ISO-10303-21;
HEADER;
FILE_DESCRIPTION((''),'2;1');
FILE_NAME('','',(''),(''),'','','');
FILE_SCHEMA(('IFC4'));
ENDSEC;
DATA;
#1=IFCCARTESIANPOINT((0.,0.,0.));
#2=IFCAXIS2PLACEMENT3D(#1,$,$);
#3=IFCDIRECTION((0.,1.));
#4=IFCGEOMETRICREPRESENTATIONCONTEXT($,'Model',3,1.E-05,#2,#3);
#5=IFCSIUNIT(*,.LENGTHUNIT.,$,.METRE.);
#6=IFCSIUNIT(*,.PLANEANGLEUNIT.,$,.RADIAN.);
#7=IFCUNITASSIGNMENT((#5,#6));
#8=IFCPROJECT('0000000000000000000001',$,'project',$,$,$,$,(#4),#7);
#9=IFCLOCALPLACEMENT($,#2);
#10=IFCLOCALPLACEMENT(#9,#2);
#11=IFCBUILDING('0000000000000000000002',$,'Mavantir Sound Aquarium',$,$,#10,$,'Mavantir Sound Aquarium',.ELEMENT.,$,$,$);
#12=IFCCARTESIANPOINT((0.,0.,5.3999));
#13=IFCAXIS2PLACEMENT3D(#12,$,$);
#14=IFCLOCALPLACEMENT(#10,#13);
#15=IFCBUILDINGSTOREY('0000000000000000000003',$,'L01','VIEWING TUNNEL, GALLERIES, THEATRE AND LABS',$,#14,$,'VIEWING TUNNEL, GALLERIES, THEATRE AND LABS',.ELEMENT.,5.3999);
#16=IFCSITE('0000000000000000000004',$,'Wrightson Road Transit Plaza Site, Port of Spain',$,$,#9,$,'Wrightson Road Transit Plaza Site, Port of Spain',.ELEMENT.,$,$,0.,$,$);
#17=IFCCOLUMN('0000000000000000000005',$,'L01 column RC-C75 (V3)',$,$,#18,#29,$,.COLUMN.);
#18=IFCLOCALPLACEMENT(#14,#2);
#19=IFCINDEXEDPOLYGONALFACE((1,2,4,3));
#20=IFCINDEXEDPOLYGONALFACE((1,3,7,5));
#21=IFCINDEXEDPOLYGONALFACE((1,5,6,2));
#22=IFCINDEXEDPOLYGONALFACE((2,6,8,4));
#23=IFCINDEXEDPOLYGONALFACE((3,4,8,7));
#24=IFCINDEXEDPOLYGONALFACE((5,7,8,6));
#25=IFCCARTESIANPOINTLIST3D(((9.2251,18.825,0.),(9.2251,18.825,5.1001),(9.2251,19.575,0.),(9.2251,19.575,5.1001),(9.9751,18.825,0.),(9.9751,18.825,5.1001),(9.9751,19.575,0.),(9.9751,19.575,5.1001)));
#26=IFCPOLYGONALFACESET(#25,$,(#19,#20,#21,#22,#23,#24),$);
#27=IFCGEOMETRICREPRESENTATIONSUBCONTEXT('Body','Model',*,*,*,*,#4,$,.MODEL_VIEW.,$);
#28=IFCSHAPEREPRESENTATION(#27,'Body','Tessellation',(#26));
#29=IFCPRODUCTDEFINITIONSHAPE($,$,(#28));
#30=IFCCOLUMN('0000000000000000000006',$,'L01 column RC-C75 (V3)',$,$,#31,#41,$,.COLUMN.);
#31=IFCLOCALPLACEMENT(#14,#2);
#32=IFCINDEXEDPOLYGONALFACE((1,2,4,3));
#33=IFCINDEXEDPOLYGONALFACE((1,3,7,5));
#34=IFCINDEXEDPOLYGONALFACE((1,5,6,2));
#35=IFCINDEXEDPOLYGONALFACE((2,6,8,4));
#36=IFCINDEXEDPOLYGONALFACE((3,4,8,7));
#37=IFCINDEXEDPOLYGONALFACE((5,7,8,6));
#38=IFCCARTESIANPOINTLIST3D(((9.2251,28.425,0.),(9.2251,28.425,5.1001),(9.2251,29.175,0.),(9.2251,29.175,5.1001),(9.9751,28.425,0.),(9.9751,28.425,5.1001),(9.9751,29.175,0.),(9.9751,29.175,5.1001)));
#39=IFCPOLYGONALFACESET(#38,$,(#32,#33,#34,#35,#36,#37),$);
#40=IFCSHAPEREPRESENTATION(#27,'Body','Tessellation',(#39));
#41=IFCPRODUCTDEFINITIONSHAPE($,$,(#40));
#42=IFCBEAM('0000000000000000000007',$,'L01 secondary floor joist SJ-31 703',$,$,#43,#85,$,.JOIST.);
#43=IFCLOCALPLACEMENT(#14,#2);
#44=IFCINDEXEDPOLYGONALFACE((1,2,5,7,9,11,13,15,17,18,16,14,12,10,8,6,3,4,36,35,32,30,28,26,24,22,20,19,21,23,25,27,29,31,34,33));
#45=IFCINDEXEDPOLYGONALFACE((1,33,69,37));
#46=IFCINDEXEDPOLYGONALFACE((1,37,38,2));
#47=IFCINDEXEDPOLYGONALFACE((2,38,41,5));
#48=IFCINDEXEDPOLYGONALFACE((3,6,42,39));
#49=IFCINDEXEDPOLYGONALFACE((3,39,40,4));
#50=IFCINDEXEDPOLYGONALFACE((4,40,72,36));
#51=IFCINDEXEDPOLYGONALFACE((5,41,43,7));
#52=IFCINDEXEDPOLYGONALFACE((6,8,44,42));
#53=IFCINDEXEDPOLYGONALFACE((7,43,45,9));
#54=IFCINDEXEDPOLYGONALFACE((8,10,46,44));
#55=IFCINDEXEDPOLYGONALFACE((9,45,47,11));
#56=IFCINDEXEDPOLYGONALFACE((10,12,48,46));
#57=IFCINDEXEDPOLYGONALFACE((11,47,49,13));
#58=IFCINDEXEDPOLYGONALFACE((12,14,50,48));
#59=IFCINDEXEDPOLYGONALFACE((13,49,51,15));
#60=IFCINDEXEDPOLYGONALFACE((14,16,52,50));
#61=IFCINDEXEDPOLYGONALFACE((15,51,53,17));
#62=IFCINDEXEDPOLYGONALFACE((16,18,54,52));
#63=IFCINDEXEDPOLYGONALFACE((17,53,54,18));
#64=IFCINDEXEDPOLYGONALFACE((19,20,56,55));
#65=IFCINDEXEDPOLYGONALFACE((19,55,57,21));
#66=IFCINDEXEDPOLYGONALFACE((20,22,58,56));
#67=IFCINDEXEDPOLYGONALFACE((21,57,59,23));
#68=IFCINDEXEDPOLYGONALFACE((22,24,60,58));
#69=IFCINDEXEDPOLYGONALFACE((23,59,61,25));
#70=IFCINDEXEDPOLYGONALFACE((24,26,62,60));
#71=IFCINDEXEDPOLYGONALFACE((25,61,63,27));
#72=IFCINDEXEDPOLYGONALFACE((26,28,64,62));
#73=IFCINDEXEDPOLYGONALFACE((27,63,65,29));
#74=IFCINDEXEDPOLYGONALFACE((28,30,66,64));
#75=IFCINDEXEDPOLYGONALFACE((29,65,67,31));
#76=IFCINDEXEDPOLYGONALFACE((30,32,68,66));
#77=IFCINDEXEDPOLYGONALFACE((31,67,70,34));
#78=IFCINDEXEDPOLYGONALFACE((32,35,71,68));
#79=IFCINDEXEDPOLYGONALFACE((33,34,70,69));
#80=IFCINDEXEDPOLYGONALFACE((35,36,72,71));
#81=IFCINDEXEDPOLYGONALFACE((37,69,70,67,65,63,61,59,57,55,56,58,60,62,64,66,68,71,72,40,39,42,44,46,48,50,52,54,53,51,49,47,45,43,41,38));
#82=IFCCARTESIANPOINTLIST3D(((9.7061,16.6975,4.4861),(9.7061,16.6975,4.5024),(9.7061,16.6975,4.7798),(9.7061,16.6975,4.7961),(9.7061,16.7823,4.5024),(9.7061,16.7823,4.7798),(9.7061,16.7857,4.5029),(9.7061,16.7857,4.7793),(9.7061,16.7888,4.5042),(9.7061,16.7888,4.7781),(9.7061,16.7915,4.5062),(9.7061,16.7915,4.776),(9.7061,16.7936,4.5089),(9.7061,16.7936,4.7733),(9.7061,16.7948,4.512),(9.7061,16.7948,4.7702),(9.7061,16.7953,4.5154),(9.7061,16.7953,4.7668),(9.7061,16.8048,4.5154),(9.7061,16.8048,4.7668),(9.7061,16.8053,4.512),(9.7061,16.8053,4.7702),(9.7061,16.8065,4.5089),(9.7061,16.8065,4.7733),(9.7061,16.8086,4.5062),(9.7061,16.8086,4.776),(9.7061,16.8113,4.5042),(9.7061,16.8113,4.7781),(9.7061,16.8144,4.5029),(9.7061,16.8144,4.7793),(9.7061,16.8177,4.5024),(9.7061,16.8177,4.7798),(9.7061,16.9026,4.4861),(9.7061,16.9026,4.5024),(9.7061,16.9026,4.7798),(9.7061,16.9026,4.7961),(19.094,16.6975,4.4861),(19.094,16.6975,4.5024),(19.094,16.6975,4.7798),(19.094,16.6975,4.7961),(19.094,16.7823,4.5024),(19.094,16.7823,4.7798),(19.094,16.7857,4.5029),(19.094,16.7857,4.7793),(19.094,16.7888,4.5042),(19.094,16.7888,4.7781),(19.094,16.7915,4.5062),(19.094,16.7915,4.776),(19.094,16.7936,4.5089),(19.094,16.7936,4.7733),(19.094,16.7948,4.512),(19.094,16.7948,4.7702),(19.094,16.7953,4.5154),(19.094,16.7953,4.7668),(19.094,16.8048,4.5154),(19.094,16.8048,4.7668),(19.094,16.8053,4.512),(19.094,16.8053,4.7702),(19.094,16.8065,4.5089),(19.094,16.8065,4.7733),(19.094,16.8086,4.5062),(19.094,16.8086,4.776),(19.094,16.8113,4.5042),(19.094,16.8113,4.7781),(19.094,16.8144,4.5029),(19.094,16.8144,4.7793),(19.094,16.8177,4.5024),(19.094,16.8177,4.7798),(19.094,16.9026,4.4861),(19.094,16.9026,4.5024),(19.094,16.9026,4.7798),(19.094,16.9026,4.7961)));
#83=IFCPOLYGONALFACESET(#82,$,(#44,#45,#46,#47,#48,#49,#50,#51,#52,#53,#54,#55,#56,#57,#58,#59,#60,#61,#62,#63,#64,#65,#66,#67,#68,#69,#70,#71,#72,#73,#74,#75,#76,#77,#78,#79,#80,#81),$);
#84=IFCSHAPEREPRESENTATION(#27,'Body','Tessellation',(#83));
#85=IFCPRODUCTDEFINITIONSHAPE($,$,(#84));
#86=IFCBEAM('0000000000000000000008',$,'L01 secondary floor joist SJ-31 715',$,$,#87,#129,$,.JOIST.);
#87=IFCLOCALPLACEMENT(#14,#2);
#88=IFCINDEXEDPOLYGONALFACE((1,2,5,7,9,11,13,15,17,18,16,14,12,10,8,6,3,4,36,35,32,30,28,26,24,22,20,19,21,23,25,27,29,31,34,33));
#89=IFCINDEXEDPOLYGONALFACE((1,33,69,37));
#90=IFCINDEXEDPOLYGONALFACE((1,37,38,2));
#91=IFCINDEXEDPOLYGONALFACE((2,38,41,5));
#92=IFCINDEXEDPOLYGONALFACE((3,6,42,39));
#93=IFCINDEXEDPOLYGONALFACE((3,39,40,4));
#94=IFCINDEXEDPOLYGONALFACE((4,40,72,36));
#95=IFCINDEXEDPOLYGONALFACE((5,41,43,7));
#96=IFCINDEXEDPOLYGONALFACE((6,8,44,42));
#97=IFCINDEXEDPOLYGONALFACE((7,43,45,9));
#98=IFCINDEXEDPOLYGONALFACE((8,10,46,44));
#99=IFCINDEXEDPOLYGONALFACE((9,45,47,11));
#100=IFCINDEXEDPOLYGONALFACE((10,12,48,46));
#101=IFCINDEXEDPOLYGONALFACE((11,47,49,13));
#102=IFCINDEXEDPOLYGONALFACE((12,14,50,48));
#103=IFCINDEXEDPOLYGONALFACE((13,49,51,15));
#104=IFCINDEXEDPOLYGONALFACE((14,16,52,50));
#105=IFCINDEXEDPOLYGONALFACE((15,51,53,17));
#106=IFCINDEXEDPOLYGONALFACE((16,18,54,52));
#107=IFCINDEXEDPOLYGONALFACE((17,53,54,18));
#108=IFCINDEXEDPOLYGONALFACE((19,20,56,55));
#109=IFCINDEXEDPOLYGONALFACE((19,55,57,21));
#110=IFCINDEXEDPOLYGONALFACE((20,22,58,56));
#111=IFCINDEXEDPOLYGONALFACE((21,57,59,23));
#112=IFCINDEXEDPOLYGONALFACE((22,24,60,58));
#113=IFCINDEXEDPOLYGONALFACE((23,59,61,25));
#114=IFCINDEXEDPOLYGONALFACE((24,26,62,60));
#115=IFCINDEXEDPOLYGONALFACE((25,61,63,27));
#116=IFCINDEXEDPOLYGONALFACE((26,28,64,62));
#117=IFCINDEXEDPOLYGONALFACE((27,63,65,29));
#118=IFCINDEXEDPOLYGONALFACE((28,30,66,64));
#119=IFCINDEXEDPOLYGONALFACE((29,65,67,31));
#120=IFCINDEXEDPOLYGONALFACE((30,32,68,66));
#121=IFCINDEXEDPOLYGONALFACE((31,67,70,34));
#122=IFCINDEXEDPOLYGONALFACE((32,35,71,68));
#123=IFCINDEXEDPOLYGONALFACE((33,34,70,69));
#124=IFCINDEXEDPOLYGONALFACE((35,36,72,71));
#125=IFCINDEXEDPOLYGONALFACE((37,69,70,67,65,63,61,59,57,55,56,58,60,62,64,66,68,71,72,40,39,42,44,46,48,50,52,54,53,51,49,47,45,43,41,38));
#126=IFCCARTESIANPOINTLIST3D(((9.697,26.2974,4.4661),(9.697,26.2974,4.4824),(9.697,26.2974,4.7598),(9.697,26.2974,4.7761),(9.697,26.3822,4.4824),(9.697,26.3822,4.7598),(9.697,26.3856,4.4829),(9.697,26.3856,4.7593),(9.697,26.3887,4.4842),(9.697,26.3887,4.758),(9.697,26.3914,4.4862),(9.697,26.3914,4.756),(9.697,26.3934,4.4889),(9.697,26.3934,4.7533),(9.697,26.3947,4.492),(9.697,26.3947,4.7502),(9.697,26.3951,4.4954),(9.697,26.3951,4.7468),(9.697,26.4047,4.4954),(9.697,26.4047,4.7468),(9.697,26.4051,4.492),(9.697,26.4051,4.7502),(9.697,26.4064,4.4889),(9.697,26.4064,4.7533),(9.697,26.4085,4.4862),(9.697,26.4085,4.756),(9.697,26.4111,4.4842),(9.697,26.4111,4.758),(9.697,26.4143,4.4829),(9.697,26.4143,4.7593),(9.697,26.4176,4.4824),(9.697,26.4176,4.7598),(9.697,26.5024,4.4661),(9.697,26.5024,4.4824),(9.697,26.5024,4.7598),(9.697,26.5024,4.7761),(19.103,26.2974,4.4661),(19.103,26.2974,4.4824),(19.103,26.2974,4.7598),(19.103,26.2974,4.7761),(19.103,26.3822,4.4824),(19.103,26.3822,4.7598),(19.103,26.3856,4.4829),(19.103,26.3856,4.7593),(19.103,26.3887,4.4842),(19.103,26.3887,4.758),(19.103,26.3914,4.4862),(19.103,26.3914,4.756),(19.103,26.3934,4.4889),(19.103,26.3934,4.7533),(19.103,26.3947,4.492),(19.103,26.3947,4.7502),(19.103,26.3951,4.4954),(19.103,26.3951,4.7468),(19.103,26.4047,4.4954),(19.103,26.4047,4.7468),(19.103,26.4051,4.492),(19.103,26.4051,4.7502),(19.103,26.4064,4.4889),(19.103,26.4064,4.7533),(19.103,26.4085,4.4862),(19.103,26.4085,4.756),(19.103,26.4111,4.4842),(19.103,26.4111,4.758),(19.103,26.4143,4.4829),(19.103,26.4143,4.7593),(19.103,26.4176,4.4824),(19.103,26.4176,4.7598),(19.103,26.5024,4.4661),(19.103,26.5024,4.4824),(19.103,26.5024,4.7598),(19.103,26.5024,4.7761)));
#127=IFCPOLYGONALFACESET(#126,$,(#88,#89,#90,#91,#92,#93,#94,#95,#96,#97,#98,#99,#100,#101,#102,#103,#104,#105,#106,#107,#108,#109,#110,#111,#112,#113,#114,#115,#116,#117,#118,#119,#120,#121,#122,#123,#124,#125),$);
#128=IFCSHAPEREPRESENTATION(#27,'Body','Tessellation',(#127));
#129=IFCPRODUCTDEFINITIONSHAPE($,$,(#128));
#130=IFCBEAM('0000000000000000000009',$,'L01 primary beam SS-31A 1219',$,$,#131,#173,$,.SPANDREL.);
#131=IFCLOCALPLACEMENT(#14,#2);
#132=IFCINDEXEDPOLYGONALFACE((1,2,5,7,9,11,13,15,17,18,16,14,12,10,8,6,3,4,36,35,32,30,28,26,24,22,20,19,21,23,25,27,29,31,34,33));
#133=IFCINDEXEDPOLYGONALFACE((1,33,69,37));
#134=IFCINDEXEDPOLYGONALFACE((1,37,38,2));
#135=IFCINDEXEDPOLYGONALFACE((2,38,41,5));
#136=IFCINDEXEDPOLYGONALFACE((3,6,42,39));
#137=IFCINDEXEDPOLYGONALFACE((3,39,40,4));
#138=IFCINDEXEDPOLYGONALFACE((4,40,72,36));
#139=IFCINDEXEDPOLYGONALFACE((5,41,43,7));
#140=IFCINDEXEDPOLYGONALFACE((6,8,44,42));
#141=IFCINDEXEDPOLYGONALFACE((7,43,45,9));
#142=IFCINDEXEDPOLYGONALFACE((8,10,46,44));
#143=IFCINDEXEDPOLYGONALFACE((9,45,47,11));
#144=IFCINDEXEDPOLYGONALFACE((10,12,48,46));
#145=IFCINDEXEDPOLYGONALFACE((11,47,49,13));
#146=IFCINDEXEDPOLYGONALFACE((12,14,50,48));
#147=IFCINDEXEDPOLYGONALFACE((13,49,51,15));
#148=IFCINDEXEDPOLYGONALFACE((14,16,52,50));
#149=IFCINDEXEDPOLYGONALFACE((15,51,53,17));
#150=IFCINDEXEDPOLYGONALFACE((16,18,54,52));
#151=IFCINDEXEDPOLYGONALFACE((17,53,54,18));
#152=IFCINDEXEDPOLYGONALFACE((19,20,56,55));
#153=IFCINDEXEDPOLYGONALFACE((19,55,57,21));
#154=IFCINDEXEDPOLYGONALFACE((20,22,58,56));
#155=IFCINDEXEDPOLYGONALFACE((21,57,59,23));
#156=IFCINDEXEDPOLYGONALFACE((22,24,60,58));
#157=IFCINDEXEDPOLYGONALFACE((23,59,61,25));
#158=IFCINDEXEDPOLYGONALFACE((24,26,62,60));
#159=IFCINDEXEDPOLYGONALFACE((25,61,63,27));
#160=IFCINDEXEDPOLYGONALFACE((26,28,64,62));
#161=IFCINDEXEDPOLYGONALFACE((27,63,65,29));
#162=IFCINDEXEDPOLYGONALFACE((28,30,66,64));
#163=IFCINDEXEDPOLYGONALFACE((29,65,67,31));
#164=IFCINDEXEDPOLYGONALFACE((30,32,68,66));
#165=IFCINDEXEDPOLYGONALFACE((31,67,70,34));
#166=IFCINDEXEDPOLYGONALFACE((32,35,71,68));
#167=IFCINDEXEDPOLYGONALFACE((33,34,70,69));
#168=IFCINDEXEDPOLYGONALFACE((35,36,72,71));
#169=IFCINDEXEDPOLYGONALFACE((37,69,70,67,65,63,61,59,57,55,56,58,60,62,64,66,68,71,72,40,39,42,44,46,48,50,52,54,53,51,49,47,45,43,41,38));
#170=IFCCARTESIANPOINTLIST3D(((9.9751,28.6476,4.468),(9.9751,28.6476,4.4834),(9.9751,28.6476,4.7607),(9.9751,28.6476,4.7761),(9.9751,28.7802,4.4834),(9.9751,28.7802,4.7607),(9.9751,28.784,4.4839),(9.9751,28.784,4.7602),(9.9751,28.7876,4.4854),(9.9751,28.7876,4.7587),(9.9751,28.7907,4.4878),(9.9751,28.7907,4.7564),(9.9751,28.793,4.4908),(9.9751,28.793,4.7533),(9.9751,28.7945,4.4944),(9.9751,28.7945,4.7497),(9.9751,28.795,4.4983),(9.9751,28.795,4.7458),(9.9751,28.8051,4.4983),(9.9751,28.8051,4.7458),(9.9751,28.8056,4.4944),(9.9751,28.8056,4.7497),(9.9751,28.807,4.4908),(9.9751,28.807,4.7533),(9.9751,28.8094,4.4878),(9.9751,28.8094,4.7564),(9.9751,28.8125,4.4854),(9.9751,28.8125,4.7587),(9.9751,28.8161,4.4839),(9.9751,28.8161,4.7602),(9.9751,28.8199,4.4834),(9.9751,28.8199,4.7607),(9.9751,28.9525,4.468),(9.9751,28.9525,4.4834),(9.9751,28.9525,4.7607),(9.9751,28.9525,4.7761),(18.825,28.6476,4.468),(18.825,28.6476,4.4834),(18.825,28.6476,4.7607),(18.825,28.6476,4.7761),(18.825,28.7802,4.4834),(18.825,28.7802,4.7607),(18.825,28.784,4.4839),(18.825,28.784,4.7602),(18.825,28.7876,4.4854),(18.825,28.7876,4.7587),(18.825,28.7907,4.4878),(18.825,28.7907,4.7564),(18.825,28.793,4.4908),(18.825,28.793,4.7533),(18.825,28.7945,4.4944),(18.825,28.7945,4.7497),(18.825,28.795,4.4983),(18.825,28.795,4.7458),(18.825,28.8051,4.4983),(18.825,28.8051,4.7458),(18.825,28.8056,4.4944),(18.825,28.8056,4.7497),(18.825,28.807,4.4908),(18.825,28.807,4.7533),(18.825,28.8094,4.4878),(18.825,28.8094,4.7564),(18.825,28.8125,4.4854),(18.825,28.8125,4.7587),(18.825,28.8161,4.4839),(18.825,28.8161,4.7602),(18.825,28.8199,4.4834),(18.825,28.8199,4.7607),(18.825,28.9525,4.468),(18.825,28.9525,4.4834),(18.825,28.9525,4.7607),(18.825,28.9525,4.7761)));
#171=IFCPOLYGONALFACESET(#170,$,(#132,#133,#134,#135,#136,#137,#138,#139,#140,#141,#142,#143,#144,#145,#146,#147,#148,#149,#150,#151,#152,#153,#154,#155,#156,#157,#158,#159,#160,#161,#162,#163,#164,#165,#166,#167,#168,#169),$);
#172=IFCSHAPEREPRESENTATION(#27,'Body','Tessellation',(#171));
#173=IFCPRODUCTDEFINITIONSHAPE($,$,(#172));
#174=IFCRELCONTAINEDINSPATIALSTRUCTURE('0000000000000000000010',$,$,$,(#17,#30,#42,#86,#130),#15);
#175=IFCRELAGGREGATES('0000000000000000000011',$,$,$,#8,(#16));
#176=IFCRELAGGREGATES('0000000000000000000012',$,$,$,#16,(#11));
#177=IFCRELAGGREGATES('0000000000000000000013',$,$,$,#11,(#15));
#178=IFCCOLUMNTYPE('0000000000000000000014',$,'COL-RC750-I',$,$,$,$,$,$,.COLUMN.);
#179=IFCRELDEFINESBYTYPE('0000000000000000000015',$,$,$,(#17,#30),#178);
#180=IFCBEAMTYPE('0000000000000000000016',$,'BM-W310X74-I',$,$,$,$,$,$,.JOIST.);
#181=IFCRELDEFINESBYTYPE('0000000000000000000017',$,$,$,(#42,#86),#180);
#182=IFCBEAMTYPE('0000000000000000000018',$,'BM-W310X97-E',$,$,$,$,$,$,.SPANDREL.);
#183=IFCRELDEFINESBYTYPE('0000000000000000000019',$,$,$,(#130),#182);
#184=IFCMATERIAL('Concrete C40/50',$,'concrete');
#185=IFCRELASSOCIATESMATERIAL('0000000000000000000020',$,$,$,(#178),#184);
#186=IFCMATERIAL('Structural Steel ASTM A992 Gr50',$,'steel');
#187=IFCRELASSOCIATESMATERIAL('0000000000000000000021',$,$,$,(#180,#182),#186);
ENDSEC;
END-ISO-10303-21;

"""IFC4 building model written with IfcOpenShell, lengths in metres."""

from ifc_helpers import new_model, si_unit, direction, frame, origin, origin_2d, place, context, subcontext, project, spatial, rectangle, i_section, extrude, material, material_profile, profile_set, type_object, element, save


model = new_model("IFC4")

# Units and contexts
model_context = context("Model", 3, precision=1e-05, world=origin(), true_north=direction((0.0, 1.0)))
body_context = subcontext(model_context, "Body", "Model", "MODEL_VIEW")
ifc_project = project(units=[si_unit("LENGTHUNIT", "METRE"), si_unit("PLANEANGLEUNIT", "RADIAN")], contexts=[model_context])

# Site, building, storey
site_placement = place(None, origin())
site = spatial("IfcSite", under=ifc_project, at=site_placement, Name="Wrightson Road Transit Plaza Site, Port of Spain", LongName="Wrightson Road Transit Plaza Site, Port of Spain", CompositionType="ELEMENT", RefElevation=0.0)
building_placement = place(site_placement, origin())
building = spatial("IfcBuilding", under=site, at=building_placement, Name="Mavantir Sound Aquarium", LongName="Mavantir Sound Aquarium", CompositionType="ELEMENT")
storey_placement = place(building_placement, frame((0.0, 0.0, 5.3999)))
storey = spatial("IfcBuildingStorey", under=building, at=storey_placement, Name="L01", Description="VIEWING TUNNEL, GALLERIES, THEATRE AND LABS", LongName="VIEWING TUNNEL, GALLERIES, THEATRE AND LABS", CompositionType="ELEMENT", Elevation=5.3999)

# Columns
ifc_material_1 = material(Name="Concrete C40/50", Category="concrete")
ifc_material_profile_1 = material_profile(ifc_material_1, rectangle(XDim=0.75, YDim=0.75, at=origin_2d()), Name="RC 750X750")
ifc_profile_set_1 = profile_set([ifc_material_profile_1], Name="Concrete C40/50")
column_type = type_object("IfcColumnType", Name="COL-RC750-I", PredefinedType="COLUMN", material=ifc_profile_set_1)
for number, where, z_axis, x_axis, name in (
    (1, (9.6001, 19.2, 0.0), (0.0, 0.0, 1.0), (1.0, 0.0, 0.0), "L01 column RC-C75 (V3)"),
    (2, (9.6001, 28.8, 0.0), (0.0, 0.0, 1.0), (1.0, 0.0, 0.0), "L01 column RC-C75 (V3)"),
):
    element("IfcColumn", number, at=place(storey_placement, frame(where, z_axis=z_axis, x_axis=x_axis)), inside=storey, type_object=column_type, Name=name, PredefinedType="COLUMN", context=body_context, shape_type="SweptSolid", body=[
        extrude(rectangle(XDim=0.75, YDim=0.75, at=origin_2d()), origin(), (0.0, 0.0, 1.0), 5.1001),
    ])

# Beams
ifc_material_2 = material(Name="Structural Steel ASTM A992 Gr50", Category="steel")
ifc_material_profile_2 = material_profile(ifc_material_2, i_section(OverallWidth=0.2051, OverallDepth=0.3101, WebThickness=0.0095, FlangeThickness=0.0164, FilletRadius=0.0129, at=origin_2d()), Name="W310X74")
ifc_profile_set_2 = profile_set([ifc_material_profile_2], Name="Structural Steel ASTM A992 Gr50")
beam_type_1 = type_object("IfcBeamType", Name="BM-W310X74-I", PredefinedType="JOIST", material=ifc_profile_set_2)
beam_1_placement = place(storey_placement, frame((9.7061, 16.8, 4.6411), z_axis=(1.0, 0.0, 0.0), x_axis=(0.0, 1.0, 0.0)))
element("IfcBeam", 3, at=beam_1_placement, inside=storey, type_object=beam_type_1, Name="L01 secondary floor joist SJ-31 703", PredefinedType="JOIST", context=body_context, shape_type="SweptSolid", body=[
    extrude(i_section(OverallWidth=0.2051, OverallDepth=0.3101, WebThickness=0.0095, FlangeThickness=0.0164, FilletRadius=0.0129, at=origin_2d()), origin(), (0.0, 0.0, 1.0), 9.3879),
])
beam_2_placement = place(storey_placement, frame((9.697, 26.3999, 4.6211), z_axis=(1.0, 0.0, 0.0), x_axis=(0.0, 1.0, 0.0)))
element("IfcBeam", 4, at=beam_2_placement, inside=storey, type_object=beam_type_1, Name="L01 secondary floor joist SJ-31 715", PredefinedType="JOIST", context=body_context, shape_type="SweptSolid", body=[
    extrude(i_section(OverallWidth=0.2051, OverallDepth=0.3101, WebThickness=0.0095, FlangeThickness=0.0164, FilletRadius=0.0129, at=origin_2d()), origin(), (0.0, 0.0, 1.0), 9.406),
])
ifc_material_profile_3 = material_profile(ifc_material_2, i_section(OverallWidth=0.3049, OverallDepth=0.3081, WebThickness=0.01, FlangeThickness=0.0154, FilletRadius=0.0149, at=origin_2d()), Name="W310X97")
ifc_profile_set_3 = profile_set([ifc_material_profile_3], Name="Structural Steel ASTM A992 Gr50")
beam_type_2 = type_object("IfcBeamType", Name="BM-W310X97-E", PredefinedType="SPANDREL", material=ifc_profile_set_3)
beam_3_placement = place(storey_placement, frame((9.9751, 28.8, 4.6221), z_axis=(1.0, 0.0, 0.0), x_axis=(0.0, 1.0, 0.0)))
element("IfcBeam", 5, at=beam_3_placement, inside=storey, type_object=beam_type_2, Name="L01 primary beam SS-31A 1219", PredefinedType="SPANDREL", context=body_context, shape_type="SweptSolid", body=[
    extrude(i_section(OverallWidth=0.3049, OverallDepth=0.3081, WebThickness=0.01, FlangeThickness=0.0154, FilletRadius=0.0149, at=origin_2d()), origin(), (0.0, 0.0, 1.0), 8.8499),
])

save(model, "model.ifc")
